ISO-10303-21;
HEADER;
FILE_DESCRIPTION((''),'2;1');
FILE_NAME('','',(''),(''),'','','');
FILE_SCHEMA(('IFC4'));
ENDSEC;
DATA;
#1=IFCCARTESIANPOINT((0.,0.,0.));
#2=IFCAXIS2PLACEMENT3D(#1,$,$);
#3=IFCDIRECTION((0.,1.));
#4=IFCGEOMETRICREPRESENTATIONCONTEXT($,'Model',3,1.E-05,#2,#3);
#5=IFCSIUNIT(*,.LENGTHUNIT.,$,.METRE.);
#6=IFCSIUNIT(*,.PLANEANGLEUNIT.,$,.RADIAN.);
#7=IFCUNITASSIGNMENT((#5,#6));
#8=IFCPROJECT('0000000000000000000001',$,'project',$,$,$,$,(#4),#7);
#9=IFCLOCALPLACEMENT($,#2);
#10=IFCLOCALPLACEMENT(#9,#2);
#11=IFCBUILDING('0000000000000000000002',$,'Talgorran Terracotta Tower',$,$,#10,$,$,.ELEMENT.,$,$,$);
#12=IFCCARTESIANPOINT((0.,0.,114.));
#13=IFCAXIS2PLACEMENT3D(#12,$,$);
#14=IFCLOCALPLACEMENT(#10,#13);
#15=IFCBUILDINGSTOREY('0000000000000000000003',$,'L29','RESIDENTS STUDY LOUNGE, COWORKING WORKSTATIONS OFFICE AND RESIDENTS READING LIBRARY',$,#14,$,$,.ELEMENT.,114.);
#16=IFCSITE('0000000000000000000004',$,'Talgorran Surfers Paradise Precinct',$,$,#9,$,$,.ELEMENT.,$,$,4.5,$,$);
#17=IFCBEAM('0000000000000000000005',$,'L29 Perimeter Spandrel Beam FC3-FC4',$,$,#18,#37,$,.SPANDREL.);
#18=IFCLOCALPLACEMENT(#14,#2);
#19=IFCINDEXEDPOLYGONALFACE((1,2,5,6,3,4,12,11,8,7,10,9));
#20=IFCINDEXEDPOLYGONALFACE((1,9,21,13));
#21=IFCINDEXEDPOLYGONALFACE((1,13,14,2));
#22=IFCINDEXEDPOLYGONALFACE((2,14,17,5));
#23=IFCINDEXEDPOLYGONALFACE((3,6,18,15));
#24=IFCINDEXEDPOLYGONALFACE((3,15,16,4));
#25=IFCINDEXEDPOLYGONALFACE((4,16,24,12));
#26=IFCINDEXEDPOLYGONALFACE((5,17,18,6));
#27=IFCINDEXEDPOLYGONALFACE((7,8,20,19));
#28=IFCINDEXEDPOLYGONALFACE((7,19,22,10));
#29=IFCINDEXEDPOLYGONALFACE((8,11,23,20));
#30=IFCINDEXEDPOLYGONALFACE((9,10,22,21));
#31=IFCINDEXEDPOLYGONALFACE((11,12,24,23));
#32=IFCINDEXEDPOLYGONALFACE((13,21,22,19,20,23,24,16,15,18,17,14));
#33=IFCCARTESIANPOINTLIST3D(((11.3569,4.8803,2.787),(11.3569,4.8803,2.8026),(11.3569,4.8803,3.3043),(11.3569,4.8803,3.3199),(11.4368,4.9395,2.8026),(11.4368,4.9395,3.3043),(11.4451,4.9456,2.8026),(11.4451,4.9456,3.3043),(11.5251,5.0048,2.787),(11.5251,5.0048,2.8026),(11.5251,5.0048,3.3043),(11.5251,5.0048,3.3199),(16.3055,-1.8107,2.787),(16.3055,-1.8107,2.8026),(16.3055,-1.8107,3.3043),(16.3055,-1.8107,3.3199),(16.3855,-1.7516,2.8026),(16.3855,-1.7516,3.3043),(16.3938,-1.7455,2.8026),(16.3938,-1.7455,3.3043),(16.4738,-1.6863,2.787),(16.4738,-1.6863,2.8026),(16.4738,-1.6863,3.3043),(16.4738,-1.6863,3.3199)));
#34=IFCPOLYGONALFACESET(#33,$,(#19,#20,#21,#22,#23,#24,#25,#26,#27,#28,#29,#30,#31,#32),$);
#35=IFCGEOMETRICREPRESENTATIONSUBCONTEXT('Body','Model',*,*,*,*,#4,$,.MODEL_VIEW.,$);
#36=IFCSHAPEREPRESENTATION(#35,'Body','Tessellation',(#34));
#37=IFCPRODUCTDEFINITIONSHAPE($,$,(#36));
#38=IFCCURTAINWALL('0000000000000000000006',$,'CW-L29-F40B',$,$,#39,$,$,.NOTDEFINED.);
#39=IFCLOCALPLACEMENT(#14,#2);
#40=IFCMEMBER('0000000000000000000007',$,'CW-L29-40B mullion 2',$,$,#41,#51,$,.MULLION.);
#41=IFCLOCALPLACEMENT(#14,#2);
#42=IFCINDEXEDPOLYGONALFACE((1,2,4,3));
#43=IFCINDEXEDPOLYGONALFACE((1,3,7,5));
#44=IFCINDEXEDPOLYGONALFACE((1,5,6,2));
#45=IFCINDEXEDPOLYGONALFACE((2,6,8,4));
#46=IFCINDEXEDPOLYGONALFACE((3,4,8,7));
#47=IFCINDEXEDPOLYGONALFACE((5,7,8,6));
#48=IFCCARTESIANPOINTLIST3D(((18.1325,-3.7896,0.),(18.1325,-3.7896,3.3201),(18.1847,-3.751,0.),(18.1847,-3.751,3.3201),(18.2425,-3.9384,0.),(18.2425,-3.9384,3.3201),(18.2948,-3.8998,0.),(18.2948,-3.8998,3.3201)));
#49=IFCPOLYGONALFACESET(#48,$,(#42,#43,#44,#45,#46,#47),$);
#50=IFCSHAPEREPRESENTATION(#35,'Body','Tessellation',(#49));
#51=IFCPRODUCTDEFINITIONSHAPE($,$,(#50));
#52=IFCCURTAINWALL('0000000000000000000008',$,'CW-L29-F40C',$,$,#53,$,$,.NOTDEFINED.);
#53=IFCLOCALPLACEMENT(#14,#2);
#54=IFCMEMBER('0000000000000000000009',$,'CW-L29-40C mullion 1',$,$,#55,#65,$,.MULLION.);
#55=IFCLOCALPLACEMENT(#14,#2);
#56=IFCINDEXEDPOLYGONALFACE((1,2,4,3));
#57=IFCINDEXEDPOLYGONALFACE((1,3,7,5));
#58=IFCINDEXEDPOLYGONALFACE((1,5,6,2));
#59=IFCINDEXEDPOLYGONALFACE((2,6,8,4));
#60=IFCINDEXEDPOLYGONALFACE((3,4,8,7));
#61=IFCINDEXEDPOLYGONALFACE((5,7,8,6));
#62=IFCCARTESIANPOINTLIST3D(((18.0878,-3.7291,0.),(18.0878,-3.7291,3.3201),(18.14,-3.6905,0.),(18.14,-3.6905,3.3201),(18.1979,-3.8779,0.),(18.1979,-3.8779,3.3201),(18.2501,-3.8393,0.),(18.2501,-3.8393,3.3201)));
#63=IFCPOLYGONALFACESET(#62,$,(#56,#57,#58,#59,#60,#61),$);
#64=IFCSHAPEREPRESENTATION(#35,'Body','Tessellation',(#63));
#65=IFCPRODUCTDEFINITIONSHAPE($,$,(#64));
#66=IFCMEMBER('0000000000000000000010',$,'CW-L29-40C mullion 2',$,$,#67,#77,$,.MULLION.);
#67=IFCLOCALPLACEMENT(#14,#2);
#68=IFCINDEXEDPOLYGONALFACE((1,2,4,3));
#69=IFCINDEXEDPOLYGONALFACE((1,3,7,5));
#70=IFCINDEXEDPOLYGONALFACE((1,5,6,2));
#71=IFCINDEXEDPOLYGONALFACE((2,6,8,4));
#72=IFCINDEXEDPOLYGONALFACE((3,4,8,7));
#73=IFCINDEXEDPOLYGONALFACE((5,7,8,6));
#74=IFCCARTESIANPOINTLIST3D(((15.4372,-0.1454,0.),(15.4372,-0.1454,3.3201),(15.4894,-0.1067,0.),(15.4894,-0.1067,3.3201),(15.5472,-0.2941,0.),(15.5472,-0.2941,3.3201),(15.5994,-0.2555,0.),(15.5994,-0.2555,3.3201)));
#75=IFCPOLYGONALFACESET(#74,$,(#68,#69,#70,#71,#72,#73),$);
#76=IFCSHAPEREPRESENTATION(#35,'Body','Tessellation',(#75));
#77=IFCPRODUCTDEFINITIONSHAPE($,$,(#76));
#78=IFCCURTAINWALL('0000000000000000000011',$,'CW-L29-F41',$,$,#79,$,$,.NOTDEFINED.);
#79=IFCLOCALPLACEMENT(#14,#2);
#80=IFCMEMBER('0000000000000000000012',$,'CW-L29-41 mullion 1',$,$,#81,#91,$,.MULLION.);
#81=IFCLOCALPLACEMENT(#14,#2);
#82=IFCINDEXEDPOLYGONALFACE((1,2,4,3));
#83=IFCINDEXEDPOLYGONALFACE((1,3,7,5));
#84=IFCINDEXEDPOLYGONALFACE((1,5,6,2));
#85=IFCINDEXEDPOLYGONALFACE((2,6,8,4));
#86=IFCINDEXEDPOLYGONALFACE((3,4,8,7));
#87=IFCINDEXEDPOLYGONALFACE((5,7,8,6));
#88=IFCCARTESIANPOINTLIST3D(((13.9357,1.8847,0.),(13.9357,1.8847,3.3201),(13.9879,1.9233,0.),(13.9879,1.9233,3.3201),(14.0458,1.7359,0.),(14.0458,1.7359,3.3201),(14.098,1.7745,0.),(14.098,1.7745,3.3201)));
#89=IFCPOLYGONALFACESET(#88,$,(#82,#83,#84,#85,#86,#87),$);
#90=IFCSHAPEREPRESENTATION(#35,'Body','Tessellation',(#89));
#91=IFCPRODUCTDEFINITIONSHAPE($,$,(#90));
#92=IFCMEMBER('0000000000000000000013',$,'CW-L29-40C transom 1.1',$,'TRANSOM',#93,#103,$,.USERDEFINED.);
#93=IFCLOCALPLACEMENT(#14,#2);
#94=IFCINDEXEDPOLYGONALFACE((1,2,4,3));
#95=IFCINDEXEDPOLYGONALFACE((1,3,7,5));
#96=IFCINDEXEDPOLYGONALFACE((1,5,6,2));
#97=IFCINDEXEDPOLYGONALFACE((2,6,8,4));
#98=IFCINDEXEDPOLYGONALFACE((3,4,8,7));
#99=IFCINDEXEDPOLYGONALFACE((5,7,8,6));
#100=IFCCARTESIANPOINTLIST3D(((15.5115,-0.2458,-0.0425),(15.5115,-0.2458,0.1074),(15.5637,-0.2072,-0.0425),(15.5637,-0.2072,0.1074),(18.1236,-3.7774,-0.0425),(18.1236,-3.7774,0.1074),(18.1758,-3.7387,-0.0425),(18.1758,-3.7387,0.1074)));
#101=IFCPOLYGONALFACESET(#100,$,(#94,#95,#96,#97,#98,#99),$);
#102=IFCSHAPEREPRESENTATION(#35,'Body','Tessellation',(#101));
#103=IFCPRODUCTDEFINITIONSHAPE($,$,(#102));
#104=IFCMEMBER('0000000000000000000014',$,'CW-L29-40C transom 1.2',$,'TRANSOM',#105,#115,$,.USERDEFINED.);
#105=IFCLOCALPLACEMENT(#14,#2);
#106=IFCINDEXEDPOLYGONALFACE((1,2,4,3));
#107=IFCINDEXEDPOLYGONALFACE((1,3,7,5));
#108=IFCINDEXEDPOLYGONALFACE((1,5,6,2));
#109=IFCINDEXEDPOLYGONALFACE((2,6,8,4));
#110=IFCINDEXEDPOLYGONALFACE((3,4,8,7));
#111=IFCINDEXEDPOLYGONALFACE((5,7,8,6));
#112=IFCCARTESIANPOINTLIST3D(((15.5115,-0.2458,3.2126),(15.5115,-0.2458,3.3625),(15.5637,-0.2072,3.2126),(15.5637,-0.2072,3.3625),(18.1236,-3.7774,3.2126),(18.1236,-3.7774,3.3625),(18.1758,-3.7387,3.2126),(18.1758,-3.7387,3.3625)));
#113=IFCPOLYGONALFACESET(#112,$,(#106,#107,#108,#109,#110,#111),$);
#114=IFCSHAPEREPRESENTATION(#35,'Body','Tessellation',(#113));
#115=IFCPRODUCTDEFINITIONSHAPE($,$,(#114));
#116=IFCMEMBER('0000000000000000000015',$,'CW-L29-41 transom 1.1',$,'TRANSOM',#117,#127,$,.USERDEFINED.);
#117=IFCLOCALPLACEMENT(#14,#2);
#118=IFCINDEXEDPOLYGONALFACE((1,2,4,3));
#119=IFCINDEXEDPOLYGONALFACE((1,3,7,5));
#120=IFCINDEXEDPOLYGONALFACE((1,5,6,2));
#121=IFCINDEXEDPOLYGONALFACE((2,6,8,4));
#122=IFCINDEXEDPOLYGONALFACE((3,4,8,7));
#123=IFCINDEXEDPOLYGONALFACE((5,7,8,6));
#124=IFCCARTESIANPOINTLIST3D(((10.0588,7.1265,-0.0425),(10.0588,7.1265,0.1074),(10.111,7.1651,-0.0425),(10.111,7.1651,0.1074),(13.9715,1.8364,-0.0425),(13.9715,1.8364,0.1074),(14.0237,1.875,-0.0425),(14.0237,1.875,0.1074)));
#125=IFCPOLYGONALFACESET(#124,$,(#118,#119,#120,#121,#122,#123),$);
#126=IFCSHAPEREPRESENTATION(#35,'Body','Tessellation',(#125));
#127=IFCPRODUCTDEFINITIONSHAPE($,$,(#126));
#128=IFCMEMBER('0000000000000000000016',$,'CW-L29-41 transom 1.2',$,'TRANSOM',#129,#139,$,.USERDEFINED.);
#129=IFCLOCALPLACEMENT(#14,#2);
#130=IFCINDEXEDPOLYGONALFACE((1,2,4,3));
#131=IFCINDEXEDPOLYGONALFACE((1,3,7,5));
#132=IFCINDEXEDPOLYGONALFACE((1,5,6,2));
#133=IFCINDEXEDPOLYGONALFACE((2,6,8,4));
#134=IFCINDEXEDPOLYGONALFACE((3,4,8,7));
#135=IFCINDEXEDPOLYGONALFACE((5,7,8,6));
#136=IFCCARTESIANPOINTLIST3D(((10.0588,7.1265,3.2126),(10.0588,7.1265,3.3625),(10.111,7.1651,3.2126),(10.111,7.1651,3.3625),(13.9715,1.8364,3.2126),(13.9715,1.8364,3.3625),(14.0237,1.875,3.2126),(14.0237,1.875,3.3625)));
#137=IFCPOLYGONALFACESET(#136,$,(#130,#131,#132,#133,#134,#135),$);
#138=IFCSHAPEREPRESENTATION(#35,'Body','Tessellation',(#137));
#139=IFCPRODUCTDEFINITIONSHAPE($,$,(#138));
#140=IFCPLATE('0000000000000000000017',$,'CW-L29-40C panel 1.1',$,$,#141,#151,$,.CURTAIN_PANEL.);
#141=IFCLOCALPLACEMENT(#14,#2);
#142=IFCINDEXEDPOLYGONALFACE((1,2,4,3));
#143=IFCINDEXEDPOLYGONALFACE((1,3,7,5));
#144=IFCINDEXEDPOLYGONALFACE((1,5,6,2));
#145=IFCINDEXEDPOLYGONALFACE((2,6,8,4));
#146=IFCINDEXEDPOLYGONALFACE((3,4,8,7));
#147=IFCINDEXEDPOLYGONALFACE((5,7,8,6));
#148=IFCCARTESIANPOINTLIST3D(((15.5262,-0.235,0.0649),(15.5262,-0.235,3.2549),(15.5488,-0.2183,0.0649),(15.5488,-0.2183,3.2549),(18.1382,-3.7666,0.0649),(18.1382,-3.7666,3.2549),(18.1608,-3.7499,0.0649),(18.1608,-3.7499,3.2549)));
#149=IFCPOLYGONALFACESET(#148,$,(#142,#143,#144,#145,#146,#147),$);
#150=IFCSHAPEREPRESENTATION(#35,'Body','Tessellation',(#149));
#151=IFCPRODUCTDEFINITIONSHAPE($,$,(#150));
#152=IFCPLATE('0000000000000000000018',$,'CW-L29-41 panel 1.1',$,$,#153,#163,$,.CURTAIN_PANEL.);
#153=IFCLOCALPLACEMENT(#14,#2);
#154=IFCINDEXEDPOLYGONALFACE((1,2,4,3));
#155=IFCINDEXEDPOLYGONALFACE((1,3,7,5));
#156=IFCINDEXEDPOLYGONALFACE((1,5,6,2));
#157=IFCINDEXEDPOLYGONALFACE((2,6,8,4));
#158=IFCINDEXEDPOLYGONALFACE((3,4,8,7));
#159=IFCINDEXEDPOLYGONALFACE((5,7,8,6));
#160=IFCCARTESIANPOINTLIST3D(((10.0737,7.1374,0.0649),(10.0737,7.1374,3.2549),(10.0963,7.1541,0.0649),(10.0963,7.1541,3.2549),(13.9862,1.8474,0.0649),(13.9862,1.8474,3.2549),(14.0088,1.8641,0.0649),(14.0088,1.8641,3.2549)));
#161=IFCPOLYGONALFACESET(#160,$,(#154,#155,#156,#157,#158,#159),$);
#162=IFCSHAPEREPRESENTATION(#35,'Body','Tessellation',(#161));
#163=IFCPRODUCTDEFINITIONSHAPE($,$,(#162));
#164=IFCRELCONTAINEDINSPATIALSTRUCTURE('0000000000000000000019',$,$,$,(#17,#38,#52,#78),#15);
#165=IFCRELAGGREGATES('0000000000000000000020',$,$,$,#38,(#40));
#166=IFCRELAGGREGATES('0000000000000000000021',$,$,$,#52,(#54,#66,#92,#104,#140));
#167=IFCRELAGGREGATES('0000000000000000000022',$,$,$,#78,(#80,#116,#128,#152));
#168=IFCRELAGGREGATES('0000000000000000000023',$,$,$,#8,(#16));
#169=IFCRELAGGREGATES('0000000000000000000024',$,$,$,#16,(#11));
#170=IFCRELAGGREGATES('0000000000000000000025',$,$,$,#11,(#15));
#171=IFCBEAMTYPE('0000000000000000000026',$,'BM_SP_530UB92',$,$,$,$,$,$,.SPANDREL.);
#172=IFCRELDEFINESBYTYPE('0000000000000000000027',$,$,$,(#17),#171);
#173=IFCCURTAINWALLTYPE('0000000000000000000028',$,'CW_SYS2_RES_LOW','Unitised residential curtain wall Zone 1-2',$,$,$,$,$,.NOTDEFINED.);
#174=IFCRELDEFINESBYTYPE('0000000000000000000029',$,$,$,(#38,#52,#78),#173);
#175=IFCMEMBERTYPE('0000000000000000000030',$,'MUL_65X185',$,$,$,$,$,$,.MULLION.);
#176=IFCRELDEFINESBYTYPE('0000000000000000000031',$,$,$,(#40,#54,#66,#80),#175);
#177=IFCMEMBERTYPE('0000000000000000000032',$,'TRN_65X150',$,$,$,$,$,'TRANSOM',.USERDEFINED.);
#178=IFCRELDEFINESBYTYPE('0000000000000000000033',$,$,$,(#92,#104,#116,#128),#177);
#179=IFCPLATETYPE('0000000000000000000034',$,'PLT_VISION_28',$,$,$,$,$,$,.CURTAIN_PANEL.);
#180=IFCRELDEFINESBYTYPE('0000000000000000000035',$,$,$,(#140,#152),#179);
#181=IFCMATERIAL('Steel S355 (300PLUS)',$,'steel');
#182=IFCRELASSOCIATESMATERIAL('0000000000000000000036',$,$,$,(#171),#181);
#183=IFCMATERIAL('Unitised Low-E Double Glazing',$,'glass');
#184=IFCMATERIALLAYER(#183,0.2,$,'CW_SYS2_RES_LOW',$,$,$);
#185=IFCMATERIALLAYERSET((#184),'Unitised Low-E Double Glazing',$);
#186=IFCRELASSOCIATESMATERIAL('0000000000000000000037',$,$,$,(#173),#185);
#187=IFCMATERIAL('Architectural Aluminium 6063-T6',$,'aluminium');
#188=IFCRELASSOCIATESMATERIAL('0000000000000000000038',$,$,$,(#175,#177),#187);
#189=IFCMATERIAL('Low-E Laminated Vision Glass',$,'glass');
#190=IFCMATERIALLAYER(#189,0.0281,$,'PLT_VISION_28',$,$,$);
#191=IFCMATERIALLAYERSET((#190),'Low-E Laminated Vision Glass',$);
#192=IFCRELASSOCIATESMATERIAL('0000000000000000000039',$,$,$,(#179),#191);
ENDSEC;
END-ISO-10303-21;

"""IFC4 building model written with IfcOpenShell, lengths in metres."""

from ifc_helpers import new_model, si_unit, direction, frame, origin, origin_2d, place, context, subcontext, project, spatial, rectangle, i_section, extrude, source, transform, mapped, material, layer, layer_set, material_profile, profile_set, type_object, type_shapes, element, aggregate, save


model = new_model("IFC4")

# Units and contexts
model_context = context("Model", 3, precision=1e-05, world=origin(), true_north=direction((0.0, 1.0)))
body_context = subcontext(model_context, "Body", "Model", "MODEL_VIEW")
ifc_project = project(units=[si_unit("LENGTHUNIT", "METRE"), si_unit("PLANEANGLEUNIT", "RADIAN")], contexts=[model_context])

# Site, building, storey
site_placement = place(None, origin())
site = spatial("IfcSite", under=ifc_project, at=site_placement, Name="Talgorran Surfers Paradise Precinct", CompositionType="ELEMENT", RefElevation=4.5)
building_placement = place(site_placement, origin())
building = spatial("IfcBuilding", under=site, at=building_placement, Name="Talgorran Terracotta Tower", CompositionType="ELEMENT")
storey_placement = place(building_placement, frame((0.0, 0.0, 114.0)))
storey = spatial("IfcBuildingStorey", under=building, at=storey_placement, Name="L29", Description="RESIDENTS STUDY LOUNGE, COWORKING WORKSTATIONS OFFICE AND RESIDENTS READING LIBRARY", CompositionType="ELEMENT", Elevation=114.0)

# Shared definitions
ifc_material_1 = material(Name="Steel S355 (300PLUS)", Category="steel")

# Beam
ifc_material_profile_1 = material_profile(ifc_material_1, i_section(OverallWidth=0.2092, OverallDepth=0.533, WebThickness=0.0103, FlangeThickness=0.0156, at=origin_2d()), Name="530UB92.4")
ifc_profile_set_1 = profile_set([ifc_material_profile_1], Name="Steel S355 (300PLUS)")
beam_type_1 = type_object("IfcBeamType", Name="BM_SP_530UB92", PredefinedType="SPANDREL", material=ifc_profile_set_1)
beam_1_placement = place(storey_placement, frame((16.3896, -1.7485, 3.0535), z_axis=(-0.594631, 0.803999, 0.0), x_axis=(-0.803999, -0.594631, 0.0)))
element("IfcBeam", 1, at=beam_1_placement, inside=storey, type_object=beam_type_1, Name="L29 Perimeter Spandrel Beam FC3-FC4", PredefinedType="SPANDREL", context=body_context, shape_type="SweptSolid", body=[
    extrude(i_section(OverallWidth=0.2092, OverallDepth=0.533, WebThickness=0.0103, FlangeThickness=0.0156, at=origin_2d()), origin(), (0.0, 0.0, 1.0), 8.3223),
])

# Curtain wall, member
ifc_material_2 = material(Name="Unitised Low-E Double Glazing", Category="glass")
ifc_layer_1 = layer(ifc_material_2, 0.2, Name="CW_SYS2_RES_LOW")
ifc_layer_set_1 = layer_set([ifc_layer_1], Name="Unitised Low-E Double Glazing")
curtain_wall_type = type_object("IfcCurtainWallType", Name="CW_SYS2_RES_LOW", Description="Unitised residential curtain wall Zone 1-2", PredefinedType="NOTDEFINED", material=ifc_layer_set_1)
curtain_wall_1_placement = place(storey_placement, origin())
curtain_wall_1 = element("IfcCurtainWall", 2, at=curtain_wall_1_placement, inside=storey, type_object=curtain_wall_type, Name="CW-L29-F40B", PredefinedType="NOTDEFINED")
ifc_material_3 = material(Name="Architectural Aluminium 6063-T6", Category="aluminium")
ifc_material_profile_2 = material_profile(ifc_material_3, rectangle(XDim=0.0649, YDim=0.1851, at=origin_2d()), Name="CWM65X185")
ifc_profile_set_2 = profile_set([ifc_material_profile_2], Name="Architectural Aluminium 6063-T6")
member_type_1 = type_object("IfcMemberType", Name="MUL_65X185", PredefinedType="MULLION", material=ifc_profile_set_2)
member_1_placement = place(storey_placement, frame((18.2136, -3.8447, 0.0), z_axis=(0.0, 0.0, 1.0), x_axis=(-0.803996, -0.594634, 0.0)))
member_1 = element("IfcMember", 3, at=member_1_placement, type_object=member_type_1, Name="CW-L29-40B mullion 2", PredefinedType="MULLION", context=body_context, shape_type="SweptSolid", body=[
    extrude(rectangle(XDim=0.0649, YDim=0.1851, at=origin_2d()), origin(), (0.0, 0.0, 1.0), 3.3201),
])
aggregate(curtain_wall_1, [member_1])

# Curtain wall, members
curtain_wall_2_placement = place(storey_placement, origin())
curtain_wall_2 = element("IfcCurtainWall", 4, at=curtain_wall_2_placement, inside=storey, type_object=curtain_wall_type, Name="CW-L29-F40C", PredefinedType="NOTDEFINED")
member_2_placement = place(storey_placement, frame((18.1689, -3.7842, 0.0), z_axis=(0.0, 0.0, 1.0), x_axis=(-0.803991, -0.594641, 0.0)))
member_2 = element("IfcMember", 5, at=member_2_placement, type_object=member_type_1, Name="CW-L29-40C mullion 1", PredefinedType="MULLION", context=body_context, shape_type="SweptSolid", body=[
    extrude(rectangle(XDim=0.0649, YDim=0.1851, at=origin_2d()), origin(), (0.0, 0.0, 1.0), 3.3201),
])
member_3_placement = place(storey_placement, frame((15.5183, -0.2004, 0.0), z_axis=(0.0, 0.0, 1.0), x_axis=(-0.803991, -0.594641, 0.0)))
member_3 = element("IfcMember", 6, at=member_3_placement, type_object=member_type_1, Name="CW-L29-40C mullion 2", PredefinedType="MULLION", context=body_context, shape_type="SweptSolid", body=[
    extrude(rectangle(XDim=0.0649, YDim=0.1851, at=origin_2d()), origin(), (0.0, 0.0, 1.0), 3.3201),
])

# Curtain wall, member
curtain_wall_3_placement = place(storey_placement, origin())
curtain_wall_3 = element("IfcCurtainWall", 7, at=curtain_wall_3_placement, inside=storey, type_object=curtain_wall_type, Name="CW-L29-F41", PredefinedType="NOTDEFINED")
member_4_placement = place(storey_placement, frame((14.0168, 1.8296, 0.0), z_axis=(0.0, 0.0, 1.0), x_axis=(-0.803994, -0.594638, 0.0)))
member_4 = element("IfcMember", 8, at=member_4_placement, type_object=member_type_1, Name="CW-L29-41 mullion 1", PredefinedType="MULLION", context=body_context, shape_type="SweptSolid", body=[
    extrude(rectangle(XDim=0.0649, YDim=0.1851, at=origin_2d()), origin(), (0.0, 0.0, 1.0), 3.3201),
])

# Members
ifc_material_profile_3 = material_profile(ifc_material_3, rectangle(XDim=0.0649, YDim=0.1499, at=origin_2d()), Name="CWT65X150")
ifc_profile_set_3 = profile_set([ifc_material_profile_3], Name="Architectural Aluminium 6063-T6")
member_type_2 = type_object("IfcMemberType", Name="TRN_65X150", ElementType="TRANSOM", PredefinedType="USERDEFINED", material=ifc_profile_set_3)
member_5_placement = place(storey_placement, frame((18.1497, -3.7581, 0.0325), z_axis=(-0.59466, 0.803977, 0.0), x_axis=(-0.803977, -0.59466, 0.0)))
member_5 = element("IfcMember", 9, at=member_5_placement, type_object=member_type_2, Name="CW-L29-40C transom 1.1", ObjectType="TRANSOM", PredefinedType="USERDEFINED", context=body_context, shape_type="SweptSolid", body=[
    extrude(rectangle(XDim=0.0649, YDim=0.1499, at=origin_2d()), origin(), (0.0, 0.0, 1.0), 4.3926),
])
member_6_placement = place(storey_placement, frame((18.1497, -3.7581, 3.2876), z_axis=(-0.59466, 0.803977, 0.0), x_axis=(-0.803977, -0.59466, 0.0)))
member_6 = element("IfcMember", 10, at=member_6_placement, type_object=member_type_2, Name="CW-L29-40C transom 1.2", ObjectType="TRANSOM", PredefinedType="USERDEFINED", context=body_context, shape_type="SweptSolid", body=[
    extrude(rectangle(XDim=0.0649, YDim=0.1499, at=origin_2d()), origin(), (0.0, 0.0, 1.0), 4.3926),
])
member_7_placement = place(storey_placement, frame((13.9976, 1.8557, 0.0325), z_axis=(-0.594644, 0.803989, 0.0), x_axis=(-0.803989, -0.594644, 0.0)))
member_7 = element("IfcMember", 11, at=member_7_placement, type_object=member_type_2, Name="CW-L29-41 transom 1.1", ObjectType="TRANSOM", PredefinedType="USERDEFINED", context=body_context, shape_type="SweptSolid", body=[
    extrude(rectangle(XDim=0.0649, YDim=0.1499, at=origin_2d()), origin(), (0.0, 0.0, 1.0), 6.5798),
])
member_8_placement = place(storey_placement, frame((13.9976, 1.8557, 3.2876), z_axis=(-0.594644, 0.803989, 0.0), x_axis=(-0.803989, -0.594644, 0.0)))
member_8 = element("IfcMember", 12, at=member_8_placement, type_object=member_type_2, Name="CW-L29-41 transom 1.2", ObjectType="TRANSOM", PredefinedType="USERDEFINED", context=body_context, shape_type="SweptSolid", body=[
    extrude(rectangle(XDim=0.0649, YDim=0.1499, at=origin_2d()), origin(), (0.0, 0.0, 1.0), 6.5798),
])

# Plates
ifc_material_4 = material(Name="Low-E Laminated Vision Glass", Category="glass")
ifc_layer_2 = layer(ifc_material_4, 0.0281, Name="PLT_VISION_28")
ifc_layer_set_2 = layer_set([ifc_layer_2], Name="Low-E Laminated Vision Glass")
plate_type = type_object("IfcPlateType", Name="PLT_VISION_28", PredefinedType="CURTAIN_PANEL", material=ifc_layer_set_2)
shared_shape_1 = source(origin(), body_context, "Body", "SweptSolid", [
    extrude(rectangle(XDim=4.3926, YDim=0.0281, at=origin_2d()), origin(), (0.0, 0.0, 1.0), 3.1899),
])
plate_1_placement = place(storey_placement, frame((16.8435, -1.9924, 0.0649), z_axis=(0.0, 0.0, 1.0), x_axis=(-0.594641, 0.803991, 0.0)))
plate_1 = element("IfcPlate", 13, at=plate_1_placement, type_object=plate_type, Name="CW-L29-40C panel 1.1", PredefinedType="CURTAIN_PANEL", context=body_context, shape_type="MappedRepresentation", body=[
    mapped(shared_shape_1, transform((0.0, 0.0, 0.0), scale=1.0)),
])
aggregate(curtain_wall_2, [member_2, member_3, member_5, member_6, plate_1])
shared_shape_2 = source(origin(), body_context, "Body", "SweptSolid", [
    extrude(rectangle(XDim=6.5796, YDim=0.0281, at=origin_2d()), origin(), (0.0, 0.0, 1.0), 3.1899),
])
type_shapes(plate_type, [shared_shape_1, shared_shape_2])
plate_2_placement = place(storey_placement, frame((12.0413, 4.5007, 0.0649), z_axis=(0.0, 0.0, 1.0), x_axis=(-0.594638, 0.803994, 0.0)))
plate_2 = element("IfcPlate", 14, at=plate_2_placement, type_object=plate_type, Name="CW-L29-41 panel 1.1", PredefinedType="CURTAIN_PANEL", context=body_context, shape_type="MappedRepresentation", body=[
    mapped(shared_shape_2, transform((0.0, 0.0, 0.0), scale=1.0)),
])
aggregate(curtain_wall_3, [member_4, member_7, member_8, plate_2])

save(model, "model.ifc")
